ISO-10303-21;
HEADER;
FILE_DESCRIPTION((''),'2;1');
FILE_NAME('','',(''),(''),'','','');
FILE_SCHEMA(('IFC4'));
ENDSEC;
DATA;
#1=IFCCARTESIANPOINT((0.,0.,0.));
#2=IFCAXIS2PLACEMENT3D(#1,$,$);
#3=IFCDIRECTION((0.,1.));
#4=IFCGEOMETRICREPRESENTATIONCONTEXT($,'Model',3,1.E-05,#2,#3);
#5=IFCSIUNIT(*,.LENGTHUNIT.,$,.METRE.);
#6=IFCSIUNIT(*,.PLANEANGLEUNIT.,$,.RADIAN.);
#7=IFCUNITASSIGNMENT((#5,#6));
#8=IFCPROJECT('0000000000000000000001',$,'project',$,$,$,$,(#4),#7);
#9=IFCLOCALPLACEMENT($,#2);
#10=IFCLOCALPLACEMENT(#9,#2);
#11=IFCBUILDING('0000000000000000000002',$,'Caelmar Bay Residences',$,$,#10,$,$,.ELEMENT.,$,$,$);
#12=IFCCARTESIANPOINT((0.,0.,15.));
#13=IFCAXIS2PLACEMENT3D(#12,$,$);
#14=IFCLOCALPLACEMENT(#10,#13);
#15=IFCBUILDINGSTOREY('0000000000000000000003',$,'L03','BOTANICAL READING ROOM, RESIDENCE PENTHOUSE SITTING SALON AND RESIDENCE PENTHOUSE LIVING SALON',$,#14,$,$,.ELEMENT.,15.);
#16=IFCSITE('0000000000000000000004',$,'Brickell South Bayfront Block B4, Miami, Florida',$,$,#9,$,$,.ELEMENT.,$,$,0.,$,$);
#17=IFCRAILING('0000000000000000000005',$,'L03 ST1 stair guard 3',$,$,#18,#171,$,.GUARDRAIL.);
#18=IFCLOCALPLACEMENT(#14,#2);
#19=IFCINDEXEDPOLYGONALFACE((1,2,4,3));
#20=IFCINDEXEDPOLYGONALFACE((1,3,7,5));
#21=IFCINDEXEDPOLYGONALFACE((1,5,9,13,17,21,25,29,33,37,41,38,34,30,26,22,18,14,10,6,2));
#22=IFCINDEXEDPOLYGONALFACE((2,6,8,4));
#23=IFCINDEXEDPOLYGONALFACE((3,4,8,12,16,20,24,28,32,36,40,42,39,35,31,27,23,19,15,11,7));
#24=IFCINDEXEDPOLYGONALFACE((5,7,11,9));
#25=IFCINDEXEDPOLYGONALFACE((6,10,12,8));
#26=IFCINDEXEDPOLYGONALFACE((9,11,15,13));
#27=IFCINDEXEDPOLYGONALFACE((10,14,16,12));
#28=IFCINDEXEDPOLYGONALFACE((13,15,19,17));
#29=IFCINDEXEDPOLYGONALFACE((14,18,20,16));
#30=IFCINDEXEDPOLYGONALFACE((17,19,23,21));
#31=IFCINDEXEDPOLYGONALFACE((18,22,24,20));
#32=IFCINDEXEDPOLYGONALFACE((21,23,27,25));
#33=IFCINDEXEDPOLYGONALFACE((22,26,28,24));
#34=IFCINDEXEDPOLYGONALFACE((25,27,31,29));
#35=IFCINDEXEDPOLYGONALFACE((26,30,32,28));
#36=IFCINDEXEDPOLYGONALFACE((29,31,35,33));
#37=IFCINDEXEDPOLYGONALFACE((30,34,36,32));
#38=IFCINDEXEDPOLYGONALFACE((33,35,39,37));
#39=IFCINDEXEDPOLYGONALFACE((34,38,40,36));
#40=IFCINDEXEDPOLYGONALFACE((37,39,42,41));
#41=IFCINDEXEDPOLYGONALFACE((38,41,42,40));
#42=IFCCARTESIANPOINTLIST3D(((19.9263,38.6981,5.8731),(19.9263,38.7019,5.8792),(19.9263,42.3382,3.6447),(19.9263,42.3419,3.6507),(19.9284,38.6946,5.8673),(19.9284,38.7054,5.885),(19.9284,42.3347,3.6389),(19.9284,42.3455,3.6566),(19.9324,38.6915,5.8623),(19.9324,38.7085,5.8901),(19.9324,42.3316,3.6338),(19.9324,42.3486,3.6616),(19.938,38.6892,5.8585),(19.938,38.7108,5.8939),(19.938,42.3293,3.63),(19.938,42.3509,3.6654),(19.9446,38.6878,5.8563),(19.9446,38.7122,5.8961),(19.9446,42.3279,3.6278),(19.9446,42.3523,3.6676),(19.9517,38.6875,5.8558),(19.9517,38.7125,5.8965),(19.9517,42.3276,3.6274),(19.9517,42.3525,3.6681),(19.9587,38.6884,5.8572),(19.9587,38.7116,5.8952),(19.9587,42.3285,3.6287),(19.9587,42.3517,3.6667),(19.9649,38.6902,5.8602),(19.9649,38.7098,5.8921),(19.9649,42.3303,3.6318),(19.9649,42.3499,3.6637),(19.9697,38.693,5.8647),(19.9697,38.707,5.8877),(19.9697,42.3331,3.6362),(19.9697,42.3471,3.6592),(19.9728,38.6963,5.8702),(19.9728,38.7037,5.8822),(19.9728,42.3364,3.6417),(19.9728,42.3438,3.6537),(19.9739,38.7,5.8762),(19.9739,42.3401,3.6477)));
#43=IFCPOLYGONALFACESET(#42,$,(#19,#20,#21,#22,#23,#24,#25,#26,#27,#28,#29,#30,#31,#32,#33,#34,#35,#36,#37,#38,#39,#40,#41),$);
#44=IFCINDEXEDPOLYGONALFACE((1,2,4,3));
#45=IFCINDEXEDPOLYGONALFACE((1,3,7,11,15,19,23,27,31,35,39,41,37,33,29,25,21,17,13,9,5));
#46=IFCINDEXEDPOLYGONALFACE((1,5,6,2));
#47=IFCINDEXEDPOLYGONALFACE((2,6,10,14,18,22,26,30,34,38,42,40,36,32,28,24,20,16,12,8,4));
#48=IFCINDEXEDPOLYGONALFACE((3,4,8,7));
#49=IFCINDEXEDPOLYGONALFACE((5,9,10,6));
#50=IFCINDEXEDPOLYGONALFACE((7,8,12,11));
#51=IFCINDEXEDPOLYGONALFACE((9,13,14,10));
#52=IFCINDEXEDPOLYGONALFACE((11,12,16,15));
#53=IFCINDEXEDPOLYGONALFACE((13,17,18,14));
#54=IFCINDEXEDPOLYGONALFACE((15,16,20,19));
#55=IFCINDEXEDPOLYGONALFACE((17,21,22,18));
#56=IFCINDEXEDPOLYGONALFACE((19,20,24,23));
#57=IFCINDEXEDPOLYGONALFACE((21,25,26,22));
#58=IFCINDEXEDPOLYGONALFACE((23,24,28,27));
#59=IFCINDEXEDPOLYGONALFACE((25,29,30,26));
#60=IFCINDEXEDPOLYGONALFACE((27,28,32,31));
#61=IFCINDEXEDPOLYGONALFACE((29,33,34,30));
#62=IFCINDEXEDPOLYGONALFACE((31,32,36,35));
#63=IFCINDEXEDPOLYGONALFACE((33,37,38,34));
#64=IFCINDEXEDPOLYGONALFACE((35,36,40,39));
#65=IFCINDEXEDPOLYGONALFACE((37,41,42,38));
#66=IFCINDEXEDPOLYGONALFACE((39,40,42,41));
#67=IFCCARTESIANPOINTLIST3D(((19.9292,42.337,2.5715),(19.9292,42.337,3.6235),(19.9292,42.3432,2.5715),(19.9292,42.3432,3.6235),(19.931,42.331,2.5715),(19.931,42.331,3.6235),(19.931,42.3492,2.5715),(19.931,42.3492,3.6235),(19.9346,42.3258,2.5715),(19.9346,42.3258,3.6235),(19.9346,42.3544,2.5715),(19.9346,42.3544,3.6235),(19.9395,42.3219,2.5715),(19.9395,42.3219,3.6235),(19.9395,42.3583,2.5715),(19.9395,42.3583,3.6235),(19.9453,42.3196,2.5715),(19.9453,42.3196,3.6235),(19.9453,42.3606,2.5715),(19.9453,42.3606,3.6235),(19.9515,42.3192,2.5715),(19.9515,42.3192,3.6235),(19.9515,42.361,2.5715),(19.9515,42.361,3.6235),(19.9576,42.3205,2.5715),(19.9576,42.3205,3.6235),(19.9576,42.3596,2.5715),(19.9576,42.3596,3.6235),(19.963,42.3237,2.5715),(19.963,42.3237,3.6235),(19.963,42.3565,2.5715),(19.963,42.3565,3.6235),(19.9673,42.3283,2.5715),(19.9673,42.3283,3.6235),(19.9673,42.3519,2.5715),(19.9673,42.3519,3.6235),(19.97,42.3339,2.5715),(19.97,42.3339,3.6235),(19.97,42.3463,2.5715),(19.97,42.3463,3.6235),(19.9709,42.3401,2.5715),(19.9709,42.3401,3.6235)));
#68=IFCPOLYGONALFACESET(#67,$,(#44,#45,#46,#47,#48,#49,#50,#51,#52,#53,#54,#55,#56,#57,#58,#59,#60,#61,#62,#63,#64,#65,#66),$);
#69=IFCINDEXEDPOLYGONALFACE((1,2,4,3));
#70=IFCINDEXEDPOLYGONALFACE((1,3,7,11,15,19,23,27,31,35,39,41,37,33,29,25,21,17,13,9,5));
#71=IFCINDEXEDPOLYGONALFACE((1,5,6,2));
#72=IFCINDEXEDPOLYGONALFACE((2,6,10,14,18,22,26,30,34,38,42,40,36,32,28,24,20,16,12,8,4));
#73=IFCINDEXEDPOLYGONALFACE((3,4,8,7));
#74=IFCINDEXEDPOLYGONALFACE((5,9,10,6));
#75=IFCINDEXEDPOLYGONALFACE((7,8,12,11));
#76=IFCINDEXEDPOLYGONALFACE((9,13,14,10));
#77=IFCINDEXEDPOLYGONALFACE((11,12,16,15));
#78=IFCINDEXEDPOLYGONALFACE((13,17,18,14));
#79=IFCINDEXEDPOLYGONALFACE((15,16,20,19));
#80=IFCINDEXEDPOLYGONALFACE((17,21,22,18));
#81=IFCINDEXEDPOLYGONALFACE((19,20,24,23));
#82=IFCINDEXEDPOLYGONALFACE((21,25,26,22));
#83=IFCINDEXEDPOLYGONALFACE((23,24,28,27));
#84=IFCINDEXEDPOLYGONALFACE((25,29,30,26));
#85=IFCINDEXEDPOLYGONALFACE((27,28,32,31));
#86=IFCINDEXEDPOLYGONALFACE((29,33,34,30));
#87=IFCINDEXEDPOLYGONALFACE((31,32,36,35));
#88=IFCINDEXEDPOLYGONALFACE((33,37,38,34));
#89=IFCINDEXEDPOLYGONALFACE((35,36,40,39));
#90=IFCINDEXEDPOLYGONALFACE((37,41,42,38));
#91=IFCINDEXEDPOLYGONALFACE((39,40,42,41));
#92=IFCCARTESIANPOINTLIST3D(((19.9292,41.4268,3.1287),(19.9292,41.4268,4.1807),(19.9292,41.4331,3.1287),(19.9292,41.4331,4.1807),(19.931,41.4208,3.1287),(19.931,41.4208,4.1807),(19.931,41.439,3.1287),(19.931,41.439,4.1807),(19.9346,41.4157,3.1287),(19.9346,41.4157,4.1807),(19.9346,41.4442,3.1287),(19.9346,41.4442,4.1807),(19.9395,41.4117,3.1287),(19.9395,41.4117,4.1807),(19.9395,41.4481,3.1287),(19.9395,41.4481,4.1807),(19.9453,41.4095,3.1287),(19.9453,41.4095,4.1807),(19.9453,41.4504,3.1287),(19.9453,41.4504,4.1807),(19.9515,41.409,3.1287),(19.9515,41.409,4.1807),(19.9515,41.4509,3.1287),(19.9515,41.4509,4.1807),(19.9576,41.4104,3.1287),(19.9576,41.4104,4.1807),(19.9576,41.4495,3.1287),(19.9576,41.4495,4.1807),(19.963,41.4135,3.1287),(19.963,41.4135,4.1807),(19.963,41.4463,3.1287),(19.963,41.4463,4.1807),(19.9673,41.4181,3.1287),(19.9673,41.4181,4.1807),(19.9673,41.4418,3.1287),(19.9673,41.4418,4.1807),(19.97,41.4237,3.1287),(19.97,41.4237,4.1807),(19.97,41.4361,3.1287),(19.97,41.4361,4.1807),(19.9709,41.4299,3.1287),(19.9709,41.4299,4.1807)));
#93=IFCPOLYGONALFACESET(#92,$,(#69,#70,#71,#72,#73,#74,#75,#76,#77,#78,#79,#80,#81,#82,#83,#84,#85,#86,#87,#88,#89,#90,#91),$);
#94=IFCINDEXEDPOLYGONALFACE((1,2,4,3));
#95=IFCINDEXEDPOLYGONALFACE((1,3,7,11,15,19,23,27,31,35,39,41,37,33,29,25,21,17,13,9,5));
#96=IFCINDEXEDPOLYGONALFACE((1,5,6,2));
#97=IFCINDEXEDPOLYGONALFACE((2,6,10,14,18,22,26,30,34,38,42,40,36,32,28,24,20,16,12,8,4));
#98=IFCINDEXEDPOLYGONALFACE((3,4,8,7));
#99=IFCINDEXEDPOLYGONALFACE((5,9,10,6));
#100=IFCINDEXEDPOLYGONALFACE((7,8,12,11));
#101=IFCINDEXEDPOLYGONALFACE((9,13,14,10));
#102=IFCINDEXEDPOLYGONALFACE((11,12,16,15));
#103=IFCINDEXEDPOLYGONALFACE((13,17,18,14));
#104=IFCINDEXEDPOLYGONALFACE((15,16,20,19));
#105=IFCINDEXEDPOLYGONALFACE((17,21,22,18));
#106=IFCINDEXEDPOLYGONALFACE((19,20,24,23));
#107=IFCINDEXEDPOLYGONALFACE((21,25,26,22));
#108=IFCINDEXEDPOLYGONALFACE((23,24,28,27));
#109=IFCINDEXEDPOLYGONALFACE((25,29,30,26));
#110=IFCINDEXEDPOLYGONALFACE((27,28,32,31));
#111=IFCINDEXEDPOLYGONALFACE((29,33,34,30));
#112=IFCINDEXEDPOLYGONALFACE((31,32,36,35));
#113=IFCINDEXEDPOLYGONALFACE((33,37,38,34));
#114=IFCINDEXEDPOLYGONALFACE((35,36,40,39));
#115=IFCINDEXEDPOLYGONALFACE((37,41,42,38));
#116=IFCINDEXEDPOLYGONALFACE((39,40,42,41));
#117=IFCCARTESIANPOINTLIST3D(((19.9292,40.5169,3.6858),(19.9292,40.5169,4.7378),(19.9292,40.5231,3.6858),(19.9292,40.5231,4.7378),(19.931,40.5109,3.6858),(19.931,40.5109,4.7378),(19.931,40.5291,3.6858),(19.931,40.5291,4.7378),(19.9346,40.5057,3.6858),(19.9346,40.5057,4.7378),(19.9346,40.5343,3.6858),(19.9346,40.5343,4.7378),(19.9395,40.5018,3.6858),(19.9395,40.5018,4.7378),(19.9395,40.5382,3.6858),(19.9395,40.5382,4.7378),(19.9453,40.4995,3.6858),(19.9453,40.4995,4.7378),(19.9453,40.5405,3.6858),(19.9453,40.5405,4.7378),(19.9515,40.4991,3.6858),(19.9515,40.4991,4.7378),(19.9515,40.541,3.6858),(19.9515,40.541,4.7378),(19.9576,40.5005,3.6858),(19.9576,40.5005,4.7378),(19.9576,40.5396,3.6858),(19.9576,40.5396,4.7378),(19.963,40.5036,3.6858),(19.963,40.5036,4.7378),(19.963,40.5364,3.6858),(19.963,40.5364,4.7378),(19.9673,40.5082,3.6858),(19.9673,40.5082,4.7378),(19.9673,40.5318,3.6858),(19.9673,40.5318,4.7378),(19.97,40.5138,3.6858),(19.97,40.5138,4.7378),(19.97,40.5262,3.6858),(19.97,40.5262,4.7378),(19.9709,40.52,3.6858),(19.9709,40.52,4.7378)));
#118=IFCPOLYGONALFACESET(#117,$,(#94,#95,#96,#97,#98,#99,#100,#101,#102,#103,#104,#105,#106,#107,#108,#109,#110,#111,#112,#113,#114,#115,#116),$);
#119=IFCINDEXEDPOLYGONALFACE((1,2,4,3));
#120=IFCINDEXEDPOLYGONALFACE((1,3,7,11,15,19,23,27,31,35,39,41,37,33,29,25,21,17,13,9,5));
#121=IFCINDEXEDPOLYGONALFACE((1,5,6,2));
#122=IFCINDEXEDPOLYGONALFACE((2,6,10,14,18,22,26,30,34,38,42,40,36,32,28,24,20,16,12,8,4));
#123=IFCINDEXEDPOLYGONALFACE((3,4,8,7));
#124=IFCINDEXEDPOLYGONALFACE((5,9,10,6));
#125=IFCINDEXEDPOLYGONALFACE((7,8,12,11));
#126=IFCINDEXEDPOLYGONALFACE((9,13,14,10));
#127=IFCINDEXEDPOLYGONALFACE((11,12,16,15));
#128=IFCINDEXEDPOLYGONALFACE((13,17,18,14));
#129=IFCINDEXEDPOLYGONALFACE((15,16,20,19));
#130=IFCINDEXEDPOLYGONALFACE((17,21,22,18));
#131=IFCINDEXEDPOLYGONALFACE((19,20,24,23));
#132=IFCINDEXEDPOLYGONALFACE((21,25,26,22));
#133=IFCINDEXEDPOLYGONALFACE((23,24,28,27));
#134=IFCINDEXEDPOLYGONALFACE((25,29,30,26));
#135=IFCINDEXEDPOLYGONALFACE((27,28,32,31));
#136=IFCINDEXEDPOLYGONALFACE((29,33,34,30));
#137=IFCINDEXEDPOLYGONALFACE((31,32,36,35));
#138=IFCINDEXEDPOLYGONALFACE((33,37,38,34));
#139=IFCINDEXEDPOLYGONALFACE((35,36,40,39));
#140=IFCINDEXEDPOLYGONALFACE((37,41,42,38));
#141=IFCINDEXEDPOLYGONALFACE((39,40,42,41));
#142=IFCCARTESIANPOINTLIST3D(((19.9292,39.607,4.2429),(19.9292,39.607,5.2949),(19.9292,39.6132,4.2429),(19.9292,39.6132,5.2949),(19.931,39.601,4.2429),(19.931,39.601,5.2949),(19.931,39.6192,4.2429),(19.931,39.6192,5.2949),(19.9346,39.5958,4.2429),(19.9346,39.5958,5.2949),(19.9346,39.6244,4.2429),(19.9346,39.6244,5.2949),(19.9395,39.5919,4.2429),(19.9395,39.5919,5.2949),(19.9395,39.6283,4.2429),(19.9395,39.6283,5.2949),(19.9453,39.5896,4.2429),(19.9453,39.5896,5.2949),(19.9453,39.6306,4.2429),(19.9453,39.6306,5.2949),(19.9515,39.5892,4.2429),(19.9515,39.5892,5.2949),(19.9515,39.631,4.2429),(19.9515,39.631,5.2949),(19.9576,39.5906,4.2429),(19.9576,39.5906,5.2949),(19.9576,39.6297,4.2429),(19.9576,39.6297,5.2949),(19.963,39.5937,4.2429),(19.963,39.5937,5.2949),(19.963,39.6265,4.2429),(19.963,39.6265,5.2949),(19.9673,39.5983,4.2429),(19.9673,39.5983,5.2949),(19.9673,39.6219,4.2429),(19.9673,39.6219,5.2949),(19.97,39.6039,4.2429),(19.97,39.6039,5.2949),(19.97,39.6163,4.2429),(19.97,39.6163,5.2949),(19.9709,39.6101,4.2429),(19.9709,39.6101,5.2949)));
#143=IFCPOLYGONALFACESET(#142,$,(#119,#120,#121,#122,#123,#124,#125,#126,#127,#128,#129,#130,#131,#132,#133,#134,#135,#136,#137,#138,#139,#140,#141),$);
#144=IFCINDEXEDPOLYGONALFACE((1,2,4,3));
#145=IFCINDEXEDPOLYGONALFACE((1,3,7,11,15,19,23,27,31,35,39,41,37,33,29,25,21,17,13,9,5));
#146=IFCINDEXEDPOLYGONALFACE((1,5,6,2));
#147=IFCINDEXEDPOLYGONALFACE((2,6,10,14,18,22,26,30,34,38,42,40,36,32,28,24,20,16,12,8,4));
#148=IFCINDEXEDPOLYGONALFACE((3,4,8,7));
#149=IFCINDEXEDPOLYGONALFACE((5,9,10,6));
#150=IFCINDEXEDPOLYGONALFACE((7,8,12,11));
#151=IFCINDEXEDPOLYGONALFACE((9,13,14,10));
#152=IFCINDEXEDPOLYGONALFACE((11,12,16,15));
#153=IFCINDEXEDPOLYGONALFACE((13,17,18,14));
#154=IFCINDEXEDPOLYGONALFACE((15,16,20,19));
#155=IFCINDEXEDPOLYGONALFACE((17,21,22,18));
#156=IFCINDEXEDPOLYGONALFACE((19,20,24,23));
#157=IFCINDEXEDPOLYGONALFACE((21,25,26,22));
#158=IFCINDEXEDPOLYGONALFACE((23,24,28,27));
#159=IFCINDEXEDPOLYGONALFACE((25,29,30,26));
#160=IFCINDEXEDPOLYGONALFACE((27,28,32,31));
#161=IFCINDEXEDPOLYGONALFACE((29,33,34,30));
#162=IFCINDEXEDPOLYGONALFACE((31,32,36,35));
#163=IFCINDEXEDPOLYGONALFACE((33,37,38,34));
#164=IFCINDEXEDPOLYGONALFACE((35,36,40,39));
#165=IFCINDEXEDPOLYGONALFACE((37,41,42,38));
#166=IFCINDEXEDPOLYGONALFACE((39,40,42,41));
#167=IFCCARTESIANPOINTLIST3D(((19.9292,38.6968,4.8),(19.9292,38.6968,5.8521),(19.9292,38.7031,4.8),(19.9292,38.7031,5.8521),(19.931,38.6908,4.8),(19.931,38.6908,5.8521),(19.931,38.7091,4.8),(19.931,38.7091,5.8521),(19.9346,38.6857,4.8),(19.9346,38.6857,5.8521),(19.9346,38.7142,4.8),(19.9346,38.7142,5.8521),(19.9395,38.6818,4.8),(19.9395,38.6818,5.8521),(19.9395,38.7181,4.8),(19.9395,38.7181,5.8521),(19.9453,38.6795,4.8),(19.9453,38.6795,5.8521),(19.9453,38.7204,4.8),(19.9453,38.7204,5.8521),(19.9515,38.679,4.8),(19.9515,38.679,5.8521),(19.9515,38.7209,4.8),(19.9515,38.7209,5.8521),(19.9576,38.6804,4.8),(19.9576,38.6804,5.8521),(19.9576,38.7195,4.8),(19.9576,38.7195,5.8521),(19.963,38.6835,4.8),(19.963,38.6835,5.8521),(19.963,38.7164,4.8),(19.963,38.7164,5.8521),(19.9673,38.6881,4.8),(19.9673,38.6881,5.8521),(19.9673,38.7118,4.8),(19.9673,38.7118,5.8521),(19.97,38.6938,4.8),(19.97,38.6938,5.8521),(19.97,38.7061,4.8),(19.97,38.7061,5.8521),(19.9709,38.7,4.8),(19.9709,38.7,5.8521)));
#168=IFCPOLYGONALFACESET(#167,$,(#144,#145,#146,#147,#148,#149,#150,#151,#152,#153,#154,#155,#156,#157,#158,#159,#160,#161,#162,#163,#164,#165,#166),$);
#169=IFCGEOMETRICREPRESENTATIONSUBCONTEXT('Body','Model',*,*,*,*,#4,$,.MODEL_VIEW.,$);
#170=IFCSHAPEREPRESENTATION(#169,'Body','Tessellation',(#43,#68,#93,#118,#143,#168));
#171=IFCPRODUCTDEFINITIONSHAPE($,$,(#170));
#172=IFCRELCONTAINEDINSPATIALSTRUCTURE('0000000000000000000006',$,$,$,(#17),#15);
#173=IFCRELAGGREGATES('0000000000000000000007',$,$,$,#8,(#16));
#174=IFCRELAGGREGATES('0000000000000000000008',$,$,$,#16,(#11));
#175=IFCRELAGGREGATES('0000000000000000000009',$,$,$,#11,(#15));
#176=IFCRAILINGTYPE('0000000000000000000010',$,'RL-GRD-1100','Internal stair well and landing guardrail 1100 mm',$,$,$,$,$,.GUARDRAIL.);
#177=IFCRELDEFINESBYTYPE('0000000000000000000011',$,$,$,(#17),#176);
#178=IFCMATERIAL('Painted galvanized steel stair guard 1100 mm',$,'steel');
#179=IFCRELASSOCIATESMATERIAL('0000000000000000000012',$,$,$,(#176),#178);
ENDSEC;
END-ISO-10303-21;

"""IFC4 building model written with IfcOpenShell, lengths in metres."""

from ifc_helpers import new_model, si_unit, direction, frame, origin, origin_2d, place, context, subcontext, project, spatial, circle, extrude, material, type_object, element, save


model = new_model("IFC4")

# Units and contexts
model_context = context("Model", 3, precision=1e-05, world=origin(), true_north=direction((0.0, 1.0)))
body_context = subcontext(model_context, "Body", "Model", "MODEL_VIEW")
ifc_project = project(units=[si_unit("LENGTHUNIT", "METRE"), si_unit("PLANEANGLEUNIT", "RADIAN")], contexts=[model_context])

# Site, building, storey
site_placement = place(None, origin())
site = spatial("IfcSite", under=ifc_project, at=site_placement, Name="Brickell South Bayfront Block B4, Miami, Florida", CompositionType="ELEMENT", RefElevation=0.0)
building_placement = place(site_placement, origin())
building = spatial("IfcBuilding", under=site, at=building_placement, Name="Caelmar Bay Residences", CompositionType="ELEMENT")
storey_placement = place(building_placement, frame((0.0, 0.0, 15.0)))
storey = spatial("IfcBuildingStorey", under=building, at=storey_placement, Name="L03", Description="BOTANICAL READING ROOM, RESIDENCE PENTHOUSE SITTING SALON AND RESIDENCE PENTHOUSE LIVING SALON", CompositionType="ELEMENT", Elevation=15.0)

# Railing
ifc_material_1 = material(Name="Painted galvanized steel stair guard 1100 mm", Category="steel")
railing_type_1 = type_object("IfcRailingType", Name="RL-GRD-1100", Description="Internal stair well and landing guardrail 1100 mm", PredefinedType="GUARDRAIL", material=ifc_material_1)
railing_1_placement = place(storey_placement, frame((19.95, 42.3401, 2.5715)))
element("IfcRailing", 1, at=railing_1_placement, inside=storey, type_object=railing_type_1, Name="L03 ST1 stair guard 3", PredefinedType="GUARDRAIL", context=body_context, shape_type="SweptSolid", body=[
    extrude(circle(Radius=0.0239, at=origin_2d()), frame((0.0, 0.0, 1.0762), z_axis=(0.0, -0.852866, 0.52213), x_axis=(1.0, 0.0, 0.0)), (0.0, 0.0, 1.0), 4.2681),
    extrude(circle(Radius=0.021, at=origin_2d()), origin(), (0.0, 0.0, 1.0), 1.052),
    extrude(circle(Radius=0.021, at=origin_2d()), frame((0.0, -0.9102, 0.5571)), (0.0, 0.0, 1.0), 1.052),
    extrude(circle(Radius=0.021, at=origin_2d()), frame((0.0, -1.8201, 1.1143)), (0.0, 0.0, 1.0), 1.052),
    extrude(circle(Radius=0.021, at=origin_2d()), frame((0.0, -2.73, 1.6714)), (0.0, 0.0, 1.0), 1.052),
    extrude(circle(Radius=0.021, at=origin_2d()), frame((0.0, -3.6401, 2.2285)), (0.0, 0.0, 1.0), 1.052),
])

save(model, "model.ifc")
